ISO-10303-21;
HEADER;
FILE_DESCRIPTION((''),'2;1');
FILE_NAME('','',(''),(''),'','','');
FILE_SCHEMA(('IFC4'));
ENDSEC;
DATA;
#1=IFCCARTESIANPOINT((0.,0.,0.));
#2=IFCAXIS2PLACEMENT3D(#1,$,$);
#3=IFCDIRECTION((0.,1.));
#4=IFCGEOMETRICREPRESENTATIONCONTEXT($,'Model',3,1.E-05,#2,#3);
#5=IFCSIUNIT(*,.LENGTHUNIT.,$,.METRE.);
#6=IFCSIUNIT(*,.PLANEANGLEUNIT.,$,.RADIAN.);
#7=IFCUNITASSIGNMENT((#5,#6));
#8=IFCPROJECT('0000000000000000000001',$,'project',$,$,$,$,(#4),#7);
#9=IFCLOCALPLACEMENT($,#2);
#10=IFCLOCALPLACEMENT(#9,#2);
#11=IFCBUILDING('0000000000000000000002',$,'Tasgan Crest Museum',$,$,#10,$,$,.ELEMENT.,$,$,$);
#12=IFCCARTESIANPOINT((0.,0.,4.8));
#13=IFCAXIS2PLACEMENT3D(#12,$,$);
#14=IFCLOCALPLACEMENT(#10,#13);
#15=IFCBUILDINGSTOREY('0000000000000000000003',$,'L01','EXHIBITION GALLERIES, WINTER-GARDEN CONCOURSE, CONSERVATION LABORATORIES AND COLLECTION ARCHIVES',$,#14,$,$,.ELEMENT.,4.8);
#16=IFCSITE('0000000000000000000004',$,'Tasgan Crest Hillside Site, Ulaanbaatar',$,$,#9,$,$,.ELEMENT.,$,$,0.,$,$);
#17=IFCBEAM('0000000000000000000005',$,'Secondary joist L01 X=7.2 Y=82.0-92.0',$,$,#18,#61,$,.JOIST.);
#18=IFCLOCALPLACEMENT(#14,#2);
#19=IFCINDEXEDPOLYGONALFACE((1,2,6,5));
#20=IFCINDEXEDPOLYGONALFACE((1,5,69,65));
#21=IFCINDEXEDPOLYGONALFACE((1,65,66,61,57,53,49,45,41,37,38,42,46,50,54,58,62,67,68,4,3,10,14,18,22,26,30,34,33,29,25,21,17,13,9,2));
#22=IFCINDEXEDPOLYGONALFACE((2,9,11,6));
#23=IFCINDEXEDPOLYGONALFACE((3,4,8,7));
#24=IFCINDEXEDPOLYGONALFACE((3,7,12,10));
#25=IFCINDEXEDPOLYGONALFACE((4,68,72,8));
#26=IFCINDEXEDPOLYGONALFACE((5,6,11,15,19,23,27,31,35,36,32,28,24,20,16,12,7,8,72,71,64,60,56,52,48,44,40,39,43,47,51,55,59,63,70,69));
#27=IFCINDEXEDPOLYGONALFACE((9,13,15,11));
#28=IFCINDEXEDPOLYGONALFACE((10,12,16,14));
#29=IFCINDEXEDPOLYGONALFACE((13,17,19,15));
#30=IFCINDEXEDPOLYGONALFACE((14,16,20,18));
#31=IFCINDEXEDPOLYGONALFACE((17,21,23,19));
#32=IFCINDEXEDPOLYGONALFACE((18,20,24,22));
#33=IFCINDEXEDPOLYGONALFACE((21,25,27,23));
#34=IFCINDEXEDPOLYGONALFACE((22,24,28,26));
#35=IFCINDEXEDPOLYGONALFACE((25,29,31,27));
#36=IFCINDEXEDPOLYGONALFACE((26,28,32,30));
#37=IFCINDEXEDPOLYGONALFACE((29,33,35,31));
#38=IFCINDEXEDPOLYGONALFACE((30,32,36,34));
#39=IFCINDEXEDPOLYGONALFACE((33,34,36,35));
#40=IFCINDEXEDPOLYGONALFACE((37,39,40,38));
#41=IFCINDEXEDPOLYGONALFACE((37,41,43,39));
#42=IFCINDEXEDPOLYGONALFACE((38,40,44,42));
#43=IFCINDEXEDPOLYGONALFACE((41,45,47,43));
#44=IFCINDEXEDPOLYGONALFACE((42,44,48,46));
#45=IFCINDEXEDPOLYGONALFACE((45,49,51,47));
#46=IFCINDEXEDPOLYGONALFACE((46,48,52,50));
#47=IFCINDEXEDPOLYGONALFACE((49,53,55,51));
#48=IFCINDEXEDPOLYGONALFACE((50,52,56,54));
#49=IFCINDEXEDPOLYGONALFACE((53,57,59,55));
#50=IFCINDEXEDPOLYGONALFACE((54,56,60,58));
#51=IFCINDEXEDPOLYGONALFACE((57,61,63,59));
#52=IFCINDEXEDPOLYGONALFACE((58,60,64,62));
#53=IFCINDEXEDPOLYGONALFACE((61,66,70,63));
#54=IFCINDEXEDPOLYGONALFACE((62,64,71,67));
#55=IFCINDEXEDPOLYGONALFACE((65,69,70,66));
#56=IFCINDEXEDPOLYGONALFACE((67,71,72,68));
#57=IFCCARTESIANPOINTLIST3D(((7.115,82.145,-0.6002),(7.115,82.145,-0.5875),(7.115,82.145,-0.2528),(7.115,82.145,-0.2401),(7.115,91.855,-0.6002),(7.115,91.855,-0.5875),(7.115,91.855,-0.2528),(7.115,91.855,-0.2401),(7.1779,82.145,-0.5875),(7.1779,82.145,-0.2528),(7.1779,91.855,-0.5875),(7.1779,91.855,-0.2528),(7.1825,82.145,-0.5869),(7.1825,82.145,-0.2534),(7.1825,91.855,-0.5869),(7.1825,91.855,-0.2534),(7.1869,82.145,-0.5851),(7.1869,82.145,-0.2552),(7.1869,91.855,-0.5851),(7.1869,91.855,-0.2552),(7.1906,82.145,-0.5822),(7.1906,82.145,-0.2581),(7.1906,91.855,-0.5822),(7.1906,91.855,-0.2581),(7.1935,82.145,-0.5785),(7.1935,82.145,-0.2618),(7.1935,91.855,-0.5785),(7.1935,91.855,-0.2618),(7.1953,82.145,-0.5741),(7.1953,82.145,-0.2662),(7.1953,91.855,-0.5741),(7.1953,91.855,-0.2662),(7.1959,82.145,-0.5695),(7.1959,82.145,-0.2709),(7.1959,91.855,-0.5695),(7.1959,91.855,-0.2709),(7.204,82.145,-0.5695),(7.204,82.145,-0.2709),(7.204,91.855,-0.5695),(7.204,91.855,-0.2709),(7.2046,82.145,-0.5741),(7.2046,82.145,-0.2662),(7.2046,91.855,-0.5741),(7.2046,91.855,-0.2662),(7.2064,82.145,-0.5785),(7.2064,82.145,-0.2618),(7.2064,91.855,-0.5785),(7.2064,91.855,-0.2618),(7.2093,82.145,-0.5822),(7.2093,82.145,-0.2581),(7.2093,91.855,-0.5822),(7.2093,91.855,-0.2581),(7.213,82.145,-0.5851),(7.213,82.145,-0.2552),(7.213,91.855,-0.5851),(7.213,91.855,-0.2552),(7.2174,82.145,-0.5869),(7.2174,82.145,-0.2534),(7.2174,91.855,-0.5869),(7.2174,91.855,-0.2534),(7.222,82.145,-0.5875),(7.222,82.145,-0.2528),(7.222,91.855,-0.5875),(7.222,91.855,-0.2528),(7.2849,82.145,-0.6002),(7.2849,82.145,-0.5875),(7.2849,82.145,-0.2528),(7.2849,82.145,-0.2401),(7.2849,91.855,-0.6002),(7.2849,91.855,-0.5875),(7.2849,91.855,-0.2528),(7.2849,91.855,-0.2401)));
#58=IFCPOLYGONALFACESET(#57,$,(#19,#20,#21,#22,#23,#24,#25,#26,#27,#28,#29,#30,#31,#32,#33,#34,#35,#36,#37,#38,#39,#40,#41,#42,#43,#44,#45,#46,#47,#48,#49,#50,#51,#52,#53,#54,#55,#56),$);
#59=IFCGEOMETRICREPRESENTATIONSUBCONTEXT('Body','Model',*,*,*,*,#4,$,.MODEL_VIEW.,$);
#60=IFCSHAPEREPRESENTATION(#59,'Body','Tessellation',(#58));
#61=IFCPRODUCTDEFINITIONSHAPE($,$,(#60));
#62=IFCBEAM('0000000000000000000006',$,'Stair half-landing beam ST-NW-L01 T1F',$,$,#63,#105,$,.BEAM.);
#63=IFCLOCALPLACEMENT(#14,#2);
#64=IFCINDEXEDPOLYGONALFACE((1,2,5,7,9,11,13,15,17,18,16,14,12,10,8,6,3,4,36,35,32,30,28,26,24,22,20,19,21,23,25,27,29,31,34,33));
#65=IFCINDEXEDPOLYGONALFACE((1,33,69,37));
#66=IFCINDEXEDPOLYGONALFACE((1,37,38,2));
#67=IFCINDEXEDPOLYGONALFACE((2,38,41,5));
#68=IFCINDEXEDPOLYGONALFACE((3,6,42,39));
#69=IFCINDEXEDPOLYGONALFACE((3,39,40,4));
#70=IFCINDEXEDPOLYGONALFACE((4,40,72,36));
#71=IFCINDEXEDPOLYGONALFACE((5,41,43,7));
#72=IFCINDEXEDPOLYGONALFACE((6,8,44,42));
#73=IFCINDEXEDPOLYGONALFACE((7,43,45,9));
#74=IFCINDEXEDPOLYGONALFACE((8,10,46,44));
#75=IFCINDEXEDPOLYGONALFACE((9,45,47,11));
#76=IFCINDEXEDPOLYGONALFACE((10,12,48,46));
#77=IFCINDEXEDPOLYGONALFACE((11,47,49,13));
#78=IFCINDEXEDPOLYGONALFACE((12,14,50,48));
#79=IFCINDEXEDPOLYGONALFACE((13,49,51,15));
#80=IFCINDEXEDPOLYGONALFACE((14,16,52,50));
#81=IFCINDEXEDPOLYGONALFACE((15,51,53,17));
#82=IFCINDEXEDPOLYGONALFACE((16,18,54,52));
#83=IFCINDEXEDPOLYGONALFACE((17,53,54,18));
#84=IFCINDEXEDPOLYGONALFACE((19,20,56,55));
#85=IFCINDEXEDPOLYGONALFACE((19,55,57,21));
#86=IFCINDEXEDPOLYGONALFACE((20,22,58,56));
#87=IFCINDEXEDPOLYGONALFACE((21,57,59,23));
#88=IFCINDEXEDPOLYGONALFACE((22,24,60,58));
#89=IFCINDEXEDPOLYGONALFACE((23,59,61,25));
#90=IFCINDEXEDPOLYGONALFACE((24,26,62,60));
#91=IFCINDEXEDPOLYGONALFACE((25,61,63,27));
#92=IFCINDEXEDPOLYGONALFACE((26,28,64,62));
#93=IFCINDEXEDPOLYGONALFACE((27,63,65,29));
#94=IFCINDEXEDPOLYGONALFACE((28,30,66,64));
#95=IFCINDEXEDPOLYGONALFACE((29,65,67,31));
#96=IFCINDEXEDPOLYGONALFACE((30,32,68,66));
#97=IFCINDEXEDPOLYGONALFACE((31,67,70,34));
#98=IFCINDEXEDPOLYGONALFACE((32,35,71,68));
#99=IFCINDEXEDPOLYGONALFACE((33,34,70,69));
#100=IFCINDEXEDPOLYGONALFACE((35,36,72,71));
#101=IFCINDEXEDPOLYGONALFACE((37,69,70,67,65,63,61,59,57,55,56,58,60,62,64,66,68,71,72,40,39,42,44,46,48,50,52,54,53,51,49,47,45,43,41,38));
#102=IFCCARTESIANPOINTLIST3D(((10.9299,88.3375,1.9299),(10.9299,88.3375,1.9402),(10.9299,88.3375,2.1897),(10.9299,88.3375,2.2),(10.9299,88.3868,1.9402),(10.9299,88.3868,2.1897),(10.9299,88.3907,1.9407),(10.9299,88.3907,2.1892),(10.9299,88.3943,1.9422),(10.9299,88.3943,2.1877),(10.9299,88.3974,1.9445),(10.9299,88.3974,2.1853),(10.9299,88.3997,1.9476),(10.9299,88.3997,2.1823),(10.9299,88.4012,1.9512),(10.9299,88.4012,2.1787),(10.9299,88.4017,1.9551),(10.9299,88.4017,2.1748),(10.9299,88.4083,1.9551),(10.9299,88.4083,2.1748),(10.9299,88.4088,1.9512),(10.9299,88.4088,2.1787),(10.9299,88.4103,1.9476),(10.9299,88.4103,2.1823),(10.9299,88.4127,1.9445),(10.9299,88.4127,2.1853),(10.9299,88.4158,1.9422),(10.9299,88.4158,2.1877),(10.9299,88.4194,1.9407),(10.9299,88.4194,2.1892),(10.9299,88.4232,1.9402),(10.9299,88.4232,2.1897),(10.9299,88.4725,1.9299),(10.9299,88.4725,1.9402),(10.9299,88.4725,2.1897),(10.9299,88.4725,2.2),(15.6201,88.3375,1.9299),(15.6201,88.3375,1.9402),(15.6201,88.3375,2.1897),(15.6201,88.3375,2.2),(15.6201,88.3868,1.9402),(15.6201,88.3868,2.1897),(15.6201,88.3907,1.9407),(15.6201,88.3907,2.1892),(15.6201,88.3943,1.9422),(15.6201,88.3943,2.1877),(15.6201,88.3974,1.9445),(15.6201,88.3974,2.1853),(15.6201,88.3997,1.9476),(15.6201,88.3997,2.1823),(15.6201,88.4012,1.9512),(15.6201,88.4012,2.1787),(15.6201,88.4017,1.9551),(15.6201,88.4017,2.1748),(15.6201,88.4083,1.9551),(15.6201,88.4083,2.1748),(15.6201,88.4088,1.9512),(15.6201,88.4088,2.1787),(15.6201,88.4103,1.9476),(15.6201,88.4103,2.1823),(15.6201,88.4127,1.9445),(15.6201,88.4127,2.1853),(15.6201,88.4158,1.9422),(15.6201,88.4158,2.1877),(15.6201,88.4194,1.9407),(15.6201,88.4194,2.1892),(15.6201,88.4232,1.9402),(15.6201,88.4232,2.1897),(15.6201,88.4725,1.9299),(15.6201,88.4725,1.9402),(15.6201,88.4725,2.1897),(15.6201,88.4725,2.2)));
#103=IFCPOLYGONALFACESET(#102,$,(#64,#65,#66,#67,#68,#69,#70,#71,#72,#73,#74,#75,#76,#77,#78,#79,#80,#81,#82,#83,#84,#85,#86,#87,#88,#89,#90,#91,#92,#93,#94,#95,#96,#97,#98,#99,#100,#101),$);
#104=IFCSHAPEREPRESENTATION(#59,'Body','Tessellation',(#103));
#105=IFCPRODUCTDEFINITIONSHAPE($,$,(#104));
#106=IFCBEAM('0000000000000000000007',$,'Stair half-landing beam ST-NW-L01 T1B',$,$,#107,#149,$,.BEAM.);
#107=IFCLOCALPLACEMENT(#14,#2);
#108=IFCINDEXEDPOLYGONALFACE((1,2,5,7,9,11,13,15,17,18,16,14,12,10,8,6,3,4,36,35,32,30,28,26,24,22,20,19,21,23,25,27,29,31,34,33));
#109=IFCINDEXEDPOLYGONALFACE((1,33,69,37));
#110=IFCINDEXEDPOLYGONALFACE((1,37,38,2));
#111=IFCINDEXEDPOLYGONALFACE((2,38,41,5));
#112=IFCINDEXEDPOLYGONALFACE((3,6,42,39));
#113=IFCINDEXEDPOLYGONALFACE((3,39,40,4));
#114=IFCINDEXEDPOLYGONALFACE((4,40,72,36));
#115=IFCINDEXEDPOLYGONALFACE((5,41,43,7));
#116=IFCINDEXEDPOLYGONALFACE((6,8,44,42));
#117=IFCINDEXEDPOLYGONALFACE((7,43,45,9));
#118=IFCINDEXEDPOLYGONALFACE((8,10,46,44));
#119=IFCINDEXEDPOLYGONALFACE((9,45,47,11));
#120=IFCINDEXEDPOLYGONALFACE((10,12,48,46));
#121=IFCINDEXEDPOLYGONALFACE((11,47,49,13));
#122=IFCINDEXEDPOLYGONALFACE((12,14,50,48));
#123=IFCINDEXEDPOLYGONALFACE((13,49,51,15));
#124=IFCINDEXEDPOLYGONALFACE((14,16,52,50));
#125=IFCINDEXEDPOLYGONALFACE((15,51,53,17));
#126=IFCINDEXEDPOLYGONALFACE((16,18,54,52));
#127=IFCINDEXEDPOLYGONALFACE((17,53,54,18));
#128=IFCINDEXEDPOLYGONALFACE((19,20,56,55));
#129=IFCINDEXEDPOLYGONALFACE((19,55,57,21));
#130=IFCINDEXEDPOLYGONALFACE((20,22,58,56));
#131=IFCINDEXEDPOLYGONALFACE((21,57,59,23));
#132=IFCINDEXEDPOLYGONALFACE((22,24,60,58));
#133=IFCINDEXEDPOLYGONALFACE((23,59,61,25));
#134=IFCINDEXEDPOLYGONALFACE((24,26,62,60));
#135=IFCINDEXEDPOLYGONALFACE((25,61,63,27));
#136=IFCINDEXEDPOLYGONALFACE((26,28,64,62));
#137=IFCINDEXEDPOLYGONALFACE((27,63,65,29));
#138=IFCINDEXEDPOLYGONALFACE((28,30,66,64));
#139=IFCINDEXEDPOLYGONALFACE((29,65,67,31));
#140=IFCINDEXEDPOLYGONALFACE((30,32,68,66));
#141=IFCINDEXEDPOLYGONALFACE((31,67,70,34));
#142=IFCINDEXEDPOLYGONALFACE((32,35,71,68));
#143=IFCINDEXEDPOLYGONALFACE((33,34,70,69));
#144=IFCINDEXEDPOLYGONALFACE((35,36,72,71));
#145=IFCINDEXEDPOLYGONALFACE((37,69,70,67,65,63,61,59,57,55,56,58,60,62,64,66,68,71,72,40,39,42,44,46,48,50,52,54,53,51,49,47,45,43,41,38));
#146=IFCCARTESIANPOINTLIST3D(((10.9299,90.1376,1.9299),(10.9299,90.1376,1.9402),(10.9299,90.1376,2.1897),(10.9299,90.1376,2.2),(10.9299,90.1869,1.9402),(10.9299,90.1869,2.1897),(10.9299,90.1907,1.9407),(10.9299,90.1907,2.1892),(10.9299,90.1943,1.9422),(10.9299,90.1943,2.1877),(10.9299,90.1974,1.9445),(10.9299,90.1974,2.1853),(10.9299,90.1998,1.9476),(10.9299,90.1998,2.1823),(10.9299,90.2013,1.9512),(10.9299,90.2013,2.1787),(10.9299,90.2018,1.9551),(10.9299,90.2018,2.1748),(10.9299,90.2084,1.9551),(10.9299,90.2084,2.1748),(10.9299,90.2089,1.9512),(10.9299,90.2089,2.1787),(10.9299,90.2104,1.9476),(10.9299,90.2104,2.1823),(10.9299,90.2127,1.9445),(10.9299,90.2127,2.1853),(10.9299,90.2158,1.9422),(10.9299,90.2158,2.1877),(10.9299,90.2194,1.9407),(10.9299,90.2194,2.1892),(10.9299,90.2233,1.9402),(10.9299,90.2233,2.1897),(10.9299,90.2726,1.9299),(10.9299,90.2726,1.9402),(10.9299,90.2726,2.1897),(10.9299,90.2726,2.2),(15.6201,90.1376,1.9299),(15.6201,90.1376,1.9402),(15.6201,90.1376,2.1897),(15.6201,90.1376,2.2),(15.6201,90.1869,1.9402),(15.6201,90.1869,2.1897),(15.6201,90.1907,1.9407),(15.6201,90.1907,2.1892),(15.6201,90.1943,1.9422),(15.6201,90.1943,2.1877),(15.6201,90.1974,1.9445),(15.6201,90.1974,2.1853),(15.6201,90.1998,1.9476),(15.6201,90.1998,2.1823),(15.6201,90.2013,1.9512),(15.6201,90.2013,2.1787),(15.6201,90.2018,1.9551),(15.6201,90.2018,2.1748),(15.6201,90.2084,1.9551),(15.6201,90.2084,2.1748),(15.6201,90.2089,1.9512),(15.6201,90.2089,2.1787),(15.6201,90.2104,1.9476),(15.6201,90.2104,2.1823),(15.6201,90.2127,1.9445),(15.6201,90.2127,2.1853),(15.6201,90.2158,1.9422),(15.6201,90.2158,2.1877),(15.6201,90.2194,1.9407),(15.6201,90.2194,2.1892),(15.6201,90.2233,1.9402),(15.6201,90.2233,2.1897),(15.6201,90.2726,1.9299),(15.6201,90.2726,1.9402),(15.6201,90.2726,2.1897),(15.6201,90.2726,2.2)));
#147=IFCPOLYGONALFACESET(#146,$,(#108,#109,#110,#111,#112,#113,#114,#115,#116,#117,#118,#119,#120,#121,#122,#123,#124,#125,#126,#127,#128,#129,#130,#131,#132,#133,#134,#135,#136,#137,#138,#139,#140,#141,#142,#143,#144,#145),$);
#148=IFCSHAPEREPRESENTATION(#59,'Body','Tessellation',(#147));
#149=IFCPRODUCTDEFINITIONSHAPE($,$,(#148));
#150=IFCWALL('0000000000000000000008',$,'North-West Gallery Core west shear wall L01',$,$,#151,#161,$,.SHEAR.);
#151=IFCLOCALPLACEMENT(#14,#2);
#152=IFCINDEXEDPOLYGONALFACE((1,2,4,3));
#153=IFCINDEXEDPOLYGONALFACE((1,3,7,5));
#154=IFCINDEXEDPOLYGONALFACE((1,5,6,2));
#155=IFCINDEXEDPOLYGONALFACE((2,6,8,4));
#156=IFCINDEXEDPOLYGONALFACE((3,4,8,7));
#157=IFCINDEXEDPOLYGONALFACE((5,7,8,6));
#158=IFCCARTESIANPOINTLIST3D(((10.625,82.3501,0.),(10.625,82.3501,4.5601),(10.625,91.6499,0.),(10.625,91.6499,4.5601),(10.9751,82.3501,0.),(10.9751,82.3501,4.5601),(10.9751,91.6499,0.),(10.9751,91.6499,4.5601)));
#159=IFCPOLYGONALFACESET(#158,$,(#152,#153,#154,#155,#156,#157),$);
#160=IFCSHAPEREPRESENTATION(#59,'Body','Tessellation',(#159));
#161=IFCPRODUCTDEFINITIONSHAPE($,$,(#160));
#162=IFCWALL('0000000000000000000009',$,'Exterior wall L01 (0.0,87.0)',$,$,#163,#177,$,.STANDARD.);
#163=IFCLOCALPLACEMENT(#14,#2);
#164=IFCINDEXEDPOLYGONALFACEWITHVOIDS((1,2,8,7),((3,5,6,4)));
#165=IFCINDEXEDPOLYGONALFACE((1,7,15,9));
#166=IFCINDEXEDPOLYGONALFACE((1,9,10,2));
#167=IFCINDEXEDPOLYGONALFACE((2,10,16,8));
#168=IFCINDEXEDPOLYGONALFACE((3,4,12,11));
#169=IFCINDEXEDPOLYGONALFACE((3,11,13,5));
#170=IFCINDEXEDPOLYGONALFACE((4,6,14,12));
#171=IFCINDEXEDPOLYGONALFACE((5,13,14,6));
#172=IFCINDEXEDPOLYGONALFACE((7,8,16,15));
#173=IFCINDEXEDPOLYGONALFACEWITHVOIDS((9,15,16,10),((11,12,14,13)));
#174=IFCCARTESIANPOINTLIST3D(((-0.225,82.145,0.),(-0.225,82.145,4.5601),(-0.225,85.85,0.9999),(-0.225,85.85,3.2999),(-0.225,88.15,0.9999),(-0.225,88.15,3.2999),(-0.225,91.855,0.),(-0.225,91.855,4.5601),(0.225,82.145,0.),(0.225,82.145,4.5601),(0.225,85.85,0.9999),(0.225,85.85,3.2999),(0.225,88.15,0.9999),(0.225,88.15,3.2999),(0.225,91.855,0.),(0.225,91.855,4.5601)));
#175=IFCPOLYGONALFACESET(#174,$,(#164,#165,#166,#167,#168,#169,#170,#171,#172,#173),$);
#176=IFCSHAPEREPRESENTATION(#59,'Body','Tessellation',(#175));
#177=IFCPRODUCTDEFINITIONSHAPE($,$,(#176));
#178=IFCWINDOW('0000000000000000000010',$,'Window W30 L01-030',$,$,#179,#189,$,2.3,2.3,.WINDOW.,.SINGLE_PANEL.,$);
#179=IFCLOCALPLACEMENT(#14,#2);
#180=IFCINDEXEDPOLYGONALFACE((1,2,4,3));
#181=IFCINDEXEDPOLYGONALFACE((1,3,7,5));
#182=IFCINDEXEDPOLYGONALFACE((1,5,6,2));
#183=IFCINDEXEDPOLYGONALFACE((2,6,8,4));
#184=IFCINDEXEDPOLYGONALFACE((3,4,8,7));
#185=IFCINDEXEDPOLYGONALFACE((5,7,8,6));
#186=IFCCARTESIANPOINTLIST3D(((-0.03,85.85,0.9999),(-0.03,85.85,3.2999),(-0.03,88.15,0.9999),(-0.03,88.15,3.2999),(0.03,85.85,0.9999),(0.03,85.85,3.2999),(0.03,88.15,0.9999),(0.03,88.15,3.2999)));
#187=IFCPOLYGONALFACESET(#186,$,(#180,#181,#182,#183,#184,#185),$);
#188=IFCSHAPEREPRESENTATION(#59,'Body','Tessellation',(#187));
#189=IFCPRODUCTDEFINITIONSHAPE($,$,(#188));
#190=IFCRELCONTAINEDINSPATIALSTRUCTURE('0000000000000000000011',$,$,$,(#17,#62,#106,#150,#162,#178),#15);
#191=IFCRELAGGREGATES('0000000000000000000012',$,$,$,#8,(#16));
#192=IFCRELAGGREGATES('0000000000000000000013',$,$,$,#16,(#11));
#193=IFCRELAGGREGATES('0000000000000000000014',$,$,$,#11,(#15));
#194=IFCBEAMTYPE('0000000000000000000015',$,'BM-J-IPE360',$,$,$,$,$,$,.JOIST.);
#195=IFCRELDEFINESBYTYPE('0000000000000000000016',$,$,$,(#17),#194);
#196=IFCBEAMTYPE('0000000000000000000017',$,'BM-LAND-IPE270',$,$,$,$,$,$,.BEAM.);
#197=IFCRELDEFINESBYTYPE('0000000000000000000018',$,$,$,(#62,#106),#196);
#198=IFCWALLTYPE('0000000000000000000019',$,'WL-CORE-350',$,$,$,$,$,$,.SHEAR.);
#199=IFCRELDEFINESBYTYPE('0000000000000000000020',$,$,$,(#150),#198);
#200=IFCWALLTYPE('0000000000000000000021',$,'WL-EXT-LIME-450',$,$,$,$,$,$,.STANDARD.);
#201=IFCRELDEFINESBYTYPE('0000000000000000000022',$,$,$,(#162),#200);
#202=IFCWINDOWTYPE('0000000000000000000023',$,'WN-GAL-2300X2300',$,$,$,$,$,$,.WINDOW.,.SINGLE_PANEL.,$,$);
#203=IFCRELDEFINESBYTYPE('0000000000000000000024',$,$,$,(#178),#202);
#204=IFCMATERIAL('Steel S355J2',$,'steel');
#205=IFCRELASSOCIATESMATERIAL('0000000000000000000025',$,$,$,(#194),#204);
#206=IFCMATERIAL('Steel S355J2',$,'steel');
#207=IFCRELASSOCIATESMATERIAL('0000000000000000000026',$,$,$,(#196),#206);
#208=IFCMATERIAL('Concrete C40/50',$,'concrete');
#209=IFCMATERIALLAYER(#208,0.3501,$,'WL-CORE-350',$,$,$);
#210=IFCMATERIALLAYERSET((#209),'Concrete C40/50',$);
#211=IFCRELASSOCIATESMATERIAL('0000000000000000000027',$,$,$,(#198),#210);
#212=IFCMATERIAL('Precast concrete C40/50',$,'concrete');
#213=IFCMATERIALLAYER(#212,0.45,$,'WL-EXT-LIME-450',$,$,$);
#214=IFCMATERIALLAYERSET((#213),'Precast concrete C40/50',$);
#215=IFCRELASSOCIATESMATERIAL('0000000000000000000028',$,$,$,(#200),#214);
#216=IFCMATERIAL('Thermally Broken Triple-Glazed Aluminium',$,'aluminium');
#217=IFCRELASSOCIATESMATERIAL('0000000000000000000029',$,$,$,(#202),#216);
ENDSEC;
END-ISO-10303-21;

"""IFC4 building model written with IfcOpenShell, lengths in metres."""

from ifc_helpers import new_model, si_unit, direction, frame, frame_2d, origin, origin_2d, place, context, subcontext, project, spatial, rectangle, i_section, extrude, material, layer, layer_set, material_profile, profile_set, type_object, element, fill, save


model = new_model("IFC4")

# Units and contexts
model_context = context("Model", 3, precision=1e-05, world=origin(), true_north=direction((0.0, 1.0)))
body_context = subcontext(model_context, "Body", "Model", "MODEL_VIEW")
ifc_project = project(units=[si_unit("LENGTHUNIT", "METRE"), si_unit("PLANEANGLEUNIT", "RADIAN")], contexts=[model_context])

# Site, building, storey
site_placement = place(None, origin())
site = spatial("IfcSite", under=ifc_project, at=site_placement, Name="Tasgan Crest Hillside Site, Ulaanbaatar", CompositionType="ELEMENT", RefElevation=0.0)
building_placement = place(site_placement, origin())
building = spatial("IfcBuilding", under=site, at=building_placement, Name="Tasgan Crest Museum", CompositionType="ELEMENT")
storey_placement = place(building_placement, frame((0.0, 0.0, 4.8)))
storey = spatial("IfcBuildingStorey", under=building, at=storey_placement, Name="L01", Description="EXHIBITION GALLERIES, WINTER-GARDEN CONCOURSE, CONSERVATION LABORATORIES AND COLLECTION ARCHIVES", CompositionType="ELEMENT", Elevation=4.8)

# Beams
ifc_material_1 = material(Name="Steel S355J2", Category="steel")
ifc_material_profile_1 = material_profile(ifc_material_1, i_section(OverallWidth=0.1699, OverallDepth=0.3601, WebThickness=0.0081, FlangeThickness=0.0127, FilletRadius=0.0181, at=origin_2d()), Name="IPE 360")
ifc_profile_set_1 = profile_set([ifc_material_profile_1], Name="Steel S355J2")
beam_type_1 = type_object("IfcBeamType", Name="BM-J-IPE360", PredefinedType="JOIST", material=ifc_profile_set_1)
for number, where, z_axis, x_axis, name in (
    (1, (7.2, 82.145, -0.4202), (0.0, 1.0, 0.0), (-1.0, 0.0, 0.0), "Secondary joist L01 X=7.2 Y=82.0-92.0"),
):
    element("IfcBeam", number, at=place(storey_placement, frame(where, z_axis=z_axis, x_axis=x_axis)), inside=storey, type_object=beam_type_1, Name=name, PredefinedType="JOIST", context=body_context, shape_type="SweptSolid", body=[
        extrude(i_section(OverallWidth=0.1699, OverallDepth=0.3601, WebThickness=0.0081, FlangeThickness=0.0127, FilletRadius=0.0181, at=origin_2d()), origin(), (0.0, 0.0, 1.0), 9.71),
    ])
ifc_material_2 = material(Name="Steel S355J2", Category="steel")
ifc_material_profile_2 = material_profile(ifc_material_2, i_section(OverallWidth=0.135, OverallDepth=0.27, WebThickness=0.0066, FlangeThickness=0.0103, FilletRadius=0.0149, at=origin_2d()), Name="IPE 270")
ifc_profile_set_2 = profile_set([ifc_material_profile_2], Name="Steel S355J2")
beam_type_2 = type_object("IfcBeamType", Name="BM-LAND-IPE270", PredefinedType="BEAM", material=ifc_profile_set_2)
for number, where, z_axis, x_axis, name in (
    (2, (10.9299, 88.405, 2.0649), (1.0, 0.0, 0.0), (0.0, 1.0, 0.0), "Stair half-landing beam ST-NW-L01 T1F"),
    (3, (10.9299, 90.2051, 2.0649), (1.0, 0.0, 0.0), (0.0, 1.0, 0.0), "Stair half-landing beam ST-NW-L01 T1B"),
):
    element("IfcBeam", number, at=place(storey_placement, frame(where, z_axis=z_axis, x_axis=x_axis)), inside=storey, type_object=beam_type_2, Name=name, PredefinedType="BEAM", context=body_context, shape_type="SweptSolid", body=[
        extrude(i_section(OverallWidth=0.135, OverallDepth=0.27, WebThickness=0.0066, FlangeThickness=0.0103, FilletRadius=0.0149, at=origin_2d()), origin(), (0.0, 0.0, 1.0), 4.6902),
    ])

# Wall
ifc_material_3 = material(Name="Concrete C40/50", Category="concrete")
ifc_layer_1 = layer(ifc_material_3, 0.3501, Name="WL-CORE-350")
ifc_layer_set_1 = layer_set([ifc_layer_1], Name="Concrete C40/50")
wall_type_1 = type_object("IfcWallType", Name="WL-CORE-350", PredefinedType="SHEAR", material=ifc_layer_set_1)
wall_1_placement = place(storey_placement, frame((10.8, 82.3501, 0.0), z_axis=(0.0, 0.0, 1.0), x_axis=(0.0, 1.0, 0.0)))
element("IfcWall", 4, at=wall_1_placement, inside=storey, type_object=wall_type_1, Name="North-West Gallery Core west shear wall L01", PredefinedType="SHEAR", context=body_context, shape_type="SweptSolid", body=[
    extrude(rectangle(XDim=9.2998, YDim=0.3501, at=frame_2d((4.6499, 0.0))), origin(), (0.0, 0.0, 1.0), 4.5601),
])

# Wall, opening, window
ifc_material_4 = material(Name="Precast concrete C40/50", Category="concrete")
ifc_layer_2 = layer(ifc_material_4, 0.45, Name="WL-EXT-LIME-450")
ifc_layer_set_2 = layer_set([ifc_layer_2], Name="Precast concrete C40/50")
wall_type_2 = type_object("IfcWallType", Name="WL-EXT-LIME-450", PredefinedType="STANDARD", material=ifc_layer_set_2)
wall_2_placement = place(storey_placement, frame((0.0, 91.855, 0.0), z_axis=(0.0, 0.0, 1.0), x_axis=(0.0, -1.0, 0.0)))
wall_2 = element("IfcWall", 5, at=wall_2_placement, inside=storey, type_object=wall_type_2, Name="Exterior wall L01 (0.0,87.0)", PredefinedType="STANDARD", context=body_context, shape_type="SweptSolid", body=[
    extrude(rectangle(XDim=9.71, YDim=0.45, at=frame_2d((4.855, 0.0))), origin(), (0.0, 0.0, 1.0), 4.5601),
])
opening_1_placement = place(wall_2_placement, frame((3.7051, 0.0, 1.0)))
opening_1 = element("IfcOpeningElement", 6, at=opening_1_placement, cuts=wall_2, PredefinedType="OPENING", context=body_context, shape_type="SweptSolid", body=[
    extrude(rectangle(XDim=2.3, YDim=2.3, at=frame_2d((1.1499, 1.1499))), frame((0.0, 0.2349, 0.0), z_axis=(0.0, -1.0, 0.0), x_axis=(1.0, 0.0, 0.0)), (0.0, 0.0, 1.0), 0.47),
])
ifc_material_5 = material(Name="Thermally Broken Triple-Glazed Aluminium", Category="aluminium")
window_type = type_object("IfcWindowType", Name="WN-GAL-2300X2300", PartitioningType="SINGLE_PANEL", PredefinedType="WINDOW", material=ifc_material_5)
window_placement = place(opening_1_placement, origin())
window = element("IfcWindow", 7, at=window_placement, inside=storey, type_object=window_type, Name="Window W30 L01-030", OverallHeight=2.3, OverallWidth=2.3, PartitioningType="SINGLE_PANEL", PredefinedType="WINDOW", context=body_context, shape_type="SweptSolid", body=[
    extrude(rectangle(XDim=2.3, YDim=2.3, at=frame_2d((1.1499, 1.1499))), frame((0.0, 0.03, 0.0), z_axis=(0.0, -1.0, 0.0), x_axis=(1.0, 0.0, 0.0)), (0.0, 0.0, 1.0), 0.0601),
])
fill(opening_1, window)

save(model, "model.ifc")
